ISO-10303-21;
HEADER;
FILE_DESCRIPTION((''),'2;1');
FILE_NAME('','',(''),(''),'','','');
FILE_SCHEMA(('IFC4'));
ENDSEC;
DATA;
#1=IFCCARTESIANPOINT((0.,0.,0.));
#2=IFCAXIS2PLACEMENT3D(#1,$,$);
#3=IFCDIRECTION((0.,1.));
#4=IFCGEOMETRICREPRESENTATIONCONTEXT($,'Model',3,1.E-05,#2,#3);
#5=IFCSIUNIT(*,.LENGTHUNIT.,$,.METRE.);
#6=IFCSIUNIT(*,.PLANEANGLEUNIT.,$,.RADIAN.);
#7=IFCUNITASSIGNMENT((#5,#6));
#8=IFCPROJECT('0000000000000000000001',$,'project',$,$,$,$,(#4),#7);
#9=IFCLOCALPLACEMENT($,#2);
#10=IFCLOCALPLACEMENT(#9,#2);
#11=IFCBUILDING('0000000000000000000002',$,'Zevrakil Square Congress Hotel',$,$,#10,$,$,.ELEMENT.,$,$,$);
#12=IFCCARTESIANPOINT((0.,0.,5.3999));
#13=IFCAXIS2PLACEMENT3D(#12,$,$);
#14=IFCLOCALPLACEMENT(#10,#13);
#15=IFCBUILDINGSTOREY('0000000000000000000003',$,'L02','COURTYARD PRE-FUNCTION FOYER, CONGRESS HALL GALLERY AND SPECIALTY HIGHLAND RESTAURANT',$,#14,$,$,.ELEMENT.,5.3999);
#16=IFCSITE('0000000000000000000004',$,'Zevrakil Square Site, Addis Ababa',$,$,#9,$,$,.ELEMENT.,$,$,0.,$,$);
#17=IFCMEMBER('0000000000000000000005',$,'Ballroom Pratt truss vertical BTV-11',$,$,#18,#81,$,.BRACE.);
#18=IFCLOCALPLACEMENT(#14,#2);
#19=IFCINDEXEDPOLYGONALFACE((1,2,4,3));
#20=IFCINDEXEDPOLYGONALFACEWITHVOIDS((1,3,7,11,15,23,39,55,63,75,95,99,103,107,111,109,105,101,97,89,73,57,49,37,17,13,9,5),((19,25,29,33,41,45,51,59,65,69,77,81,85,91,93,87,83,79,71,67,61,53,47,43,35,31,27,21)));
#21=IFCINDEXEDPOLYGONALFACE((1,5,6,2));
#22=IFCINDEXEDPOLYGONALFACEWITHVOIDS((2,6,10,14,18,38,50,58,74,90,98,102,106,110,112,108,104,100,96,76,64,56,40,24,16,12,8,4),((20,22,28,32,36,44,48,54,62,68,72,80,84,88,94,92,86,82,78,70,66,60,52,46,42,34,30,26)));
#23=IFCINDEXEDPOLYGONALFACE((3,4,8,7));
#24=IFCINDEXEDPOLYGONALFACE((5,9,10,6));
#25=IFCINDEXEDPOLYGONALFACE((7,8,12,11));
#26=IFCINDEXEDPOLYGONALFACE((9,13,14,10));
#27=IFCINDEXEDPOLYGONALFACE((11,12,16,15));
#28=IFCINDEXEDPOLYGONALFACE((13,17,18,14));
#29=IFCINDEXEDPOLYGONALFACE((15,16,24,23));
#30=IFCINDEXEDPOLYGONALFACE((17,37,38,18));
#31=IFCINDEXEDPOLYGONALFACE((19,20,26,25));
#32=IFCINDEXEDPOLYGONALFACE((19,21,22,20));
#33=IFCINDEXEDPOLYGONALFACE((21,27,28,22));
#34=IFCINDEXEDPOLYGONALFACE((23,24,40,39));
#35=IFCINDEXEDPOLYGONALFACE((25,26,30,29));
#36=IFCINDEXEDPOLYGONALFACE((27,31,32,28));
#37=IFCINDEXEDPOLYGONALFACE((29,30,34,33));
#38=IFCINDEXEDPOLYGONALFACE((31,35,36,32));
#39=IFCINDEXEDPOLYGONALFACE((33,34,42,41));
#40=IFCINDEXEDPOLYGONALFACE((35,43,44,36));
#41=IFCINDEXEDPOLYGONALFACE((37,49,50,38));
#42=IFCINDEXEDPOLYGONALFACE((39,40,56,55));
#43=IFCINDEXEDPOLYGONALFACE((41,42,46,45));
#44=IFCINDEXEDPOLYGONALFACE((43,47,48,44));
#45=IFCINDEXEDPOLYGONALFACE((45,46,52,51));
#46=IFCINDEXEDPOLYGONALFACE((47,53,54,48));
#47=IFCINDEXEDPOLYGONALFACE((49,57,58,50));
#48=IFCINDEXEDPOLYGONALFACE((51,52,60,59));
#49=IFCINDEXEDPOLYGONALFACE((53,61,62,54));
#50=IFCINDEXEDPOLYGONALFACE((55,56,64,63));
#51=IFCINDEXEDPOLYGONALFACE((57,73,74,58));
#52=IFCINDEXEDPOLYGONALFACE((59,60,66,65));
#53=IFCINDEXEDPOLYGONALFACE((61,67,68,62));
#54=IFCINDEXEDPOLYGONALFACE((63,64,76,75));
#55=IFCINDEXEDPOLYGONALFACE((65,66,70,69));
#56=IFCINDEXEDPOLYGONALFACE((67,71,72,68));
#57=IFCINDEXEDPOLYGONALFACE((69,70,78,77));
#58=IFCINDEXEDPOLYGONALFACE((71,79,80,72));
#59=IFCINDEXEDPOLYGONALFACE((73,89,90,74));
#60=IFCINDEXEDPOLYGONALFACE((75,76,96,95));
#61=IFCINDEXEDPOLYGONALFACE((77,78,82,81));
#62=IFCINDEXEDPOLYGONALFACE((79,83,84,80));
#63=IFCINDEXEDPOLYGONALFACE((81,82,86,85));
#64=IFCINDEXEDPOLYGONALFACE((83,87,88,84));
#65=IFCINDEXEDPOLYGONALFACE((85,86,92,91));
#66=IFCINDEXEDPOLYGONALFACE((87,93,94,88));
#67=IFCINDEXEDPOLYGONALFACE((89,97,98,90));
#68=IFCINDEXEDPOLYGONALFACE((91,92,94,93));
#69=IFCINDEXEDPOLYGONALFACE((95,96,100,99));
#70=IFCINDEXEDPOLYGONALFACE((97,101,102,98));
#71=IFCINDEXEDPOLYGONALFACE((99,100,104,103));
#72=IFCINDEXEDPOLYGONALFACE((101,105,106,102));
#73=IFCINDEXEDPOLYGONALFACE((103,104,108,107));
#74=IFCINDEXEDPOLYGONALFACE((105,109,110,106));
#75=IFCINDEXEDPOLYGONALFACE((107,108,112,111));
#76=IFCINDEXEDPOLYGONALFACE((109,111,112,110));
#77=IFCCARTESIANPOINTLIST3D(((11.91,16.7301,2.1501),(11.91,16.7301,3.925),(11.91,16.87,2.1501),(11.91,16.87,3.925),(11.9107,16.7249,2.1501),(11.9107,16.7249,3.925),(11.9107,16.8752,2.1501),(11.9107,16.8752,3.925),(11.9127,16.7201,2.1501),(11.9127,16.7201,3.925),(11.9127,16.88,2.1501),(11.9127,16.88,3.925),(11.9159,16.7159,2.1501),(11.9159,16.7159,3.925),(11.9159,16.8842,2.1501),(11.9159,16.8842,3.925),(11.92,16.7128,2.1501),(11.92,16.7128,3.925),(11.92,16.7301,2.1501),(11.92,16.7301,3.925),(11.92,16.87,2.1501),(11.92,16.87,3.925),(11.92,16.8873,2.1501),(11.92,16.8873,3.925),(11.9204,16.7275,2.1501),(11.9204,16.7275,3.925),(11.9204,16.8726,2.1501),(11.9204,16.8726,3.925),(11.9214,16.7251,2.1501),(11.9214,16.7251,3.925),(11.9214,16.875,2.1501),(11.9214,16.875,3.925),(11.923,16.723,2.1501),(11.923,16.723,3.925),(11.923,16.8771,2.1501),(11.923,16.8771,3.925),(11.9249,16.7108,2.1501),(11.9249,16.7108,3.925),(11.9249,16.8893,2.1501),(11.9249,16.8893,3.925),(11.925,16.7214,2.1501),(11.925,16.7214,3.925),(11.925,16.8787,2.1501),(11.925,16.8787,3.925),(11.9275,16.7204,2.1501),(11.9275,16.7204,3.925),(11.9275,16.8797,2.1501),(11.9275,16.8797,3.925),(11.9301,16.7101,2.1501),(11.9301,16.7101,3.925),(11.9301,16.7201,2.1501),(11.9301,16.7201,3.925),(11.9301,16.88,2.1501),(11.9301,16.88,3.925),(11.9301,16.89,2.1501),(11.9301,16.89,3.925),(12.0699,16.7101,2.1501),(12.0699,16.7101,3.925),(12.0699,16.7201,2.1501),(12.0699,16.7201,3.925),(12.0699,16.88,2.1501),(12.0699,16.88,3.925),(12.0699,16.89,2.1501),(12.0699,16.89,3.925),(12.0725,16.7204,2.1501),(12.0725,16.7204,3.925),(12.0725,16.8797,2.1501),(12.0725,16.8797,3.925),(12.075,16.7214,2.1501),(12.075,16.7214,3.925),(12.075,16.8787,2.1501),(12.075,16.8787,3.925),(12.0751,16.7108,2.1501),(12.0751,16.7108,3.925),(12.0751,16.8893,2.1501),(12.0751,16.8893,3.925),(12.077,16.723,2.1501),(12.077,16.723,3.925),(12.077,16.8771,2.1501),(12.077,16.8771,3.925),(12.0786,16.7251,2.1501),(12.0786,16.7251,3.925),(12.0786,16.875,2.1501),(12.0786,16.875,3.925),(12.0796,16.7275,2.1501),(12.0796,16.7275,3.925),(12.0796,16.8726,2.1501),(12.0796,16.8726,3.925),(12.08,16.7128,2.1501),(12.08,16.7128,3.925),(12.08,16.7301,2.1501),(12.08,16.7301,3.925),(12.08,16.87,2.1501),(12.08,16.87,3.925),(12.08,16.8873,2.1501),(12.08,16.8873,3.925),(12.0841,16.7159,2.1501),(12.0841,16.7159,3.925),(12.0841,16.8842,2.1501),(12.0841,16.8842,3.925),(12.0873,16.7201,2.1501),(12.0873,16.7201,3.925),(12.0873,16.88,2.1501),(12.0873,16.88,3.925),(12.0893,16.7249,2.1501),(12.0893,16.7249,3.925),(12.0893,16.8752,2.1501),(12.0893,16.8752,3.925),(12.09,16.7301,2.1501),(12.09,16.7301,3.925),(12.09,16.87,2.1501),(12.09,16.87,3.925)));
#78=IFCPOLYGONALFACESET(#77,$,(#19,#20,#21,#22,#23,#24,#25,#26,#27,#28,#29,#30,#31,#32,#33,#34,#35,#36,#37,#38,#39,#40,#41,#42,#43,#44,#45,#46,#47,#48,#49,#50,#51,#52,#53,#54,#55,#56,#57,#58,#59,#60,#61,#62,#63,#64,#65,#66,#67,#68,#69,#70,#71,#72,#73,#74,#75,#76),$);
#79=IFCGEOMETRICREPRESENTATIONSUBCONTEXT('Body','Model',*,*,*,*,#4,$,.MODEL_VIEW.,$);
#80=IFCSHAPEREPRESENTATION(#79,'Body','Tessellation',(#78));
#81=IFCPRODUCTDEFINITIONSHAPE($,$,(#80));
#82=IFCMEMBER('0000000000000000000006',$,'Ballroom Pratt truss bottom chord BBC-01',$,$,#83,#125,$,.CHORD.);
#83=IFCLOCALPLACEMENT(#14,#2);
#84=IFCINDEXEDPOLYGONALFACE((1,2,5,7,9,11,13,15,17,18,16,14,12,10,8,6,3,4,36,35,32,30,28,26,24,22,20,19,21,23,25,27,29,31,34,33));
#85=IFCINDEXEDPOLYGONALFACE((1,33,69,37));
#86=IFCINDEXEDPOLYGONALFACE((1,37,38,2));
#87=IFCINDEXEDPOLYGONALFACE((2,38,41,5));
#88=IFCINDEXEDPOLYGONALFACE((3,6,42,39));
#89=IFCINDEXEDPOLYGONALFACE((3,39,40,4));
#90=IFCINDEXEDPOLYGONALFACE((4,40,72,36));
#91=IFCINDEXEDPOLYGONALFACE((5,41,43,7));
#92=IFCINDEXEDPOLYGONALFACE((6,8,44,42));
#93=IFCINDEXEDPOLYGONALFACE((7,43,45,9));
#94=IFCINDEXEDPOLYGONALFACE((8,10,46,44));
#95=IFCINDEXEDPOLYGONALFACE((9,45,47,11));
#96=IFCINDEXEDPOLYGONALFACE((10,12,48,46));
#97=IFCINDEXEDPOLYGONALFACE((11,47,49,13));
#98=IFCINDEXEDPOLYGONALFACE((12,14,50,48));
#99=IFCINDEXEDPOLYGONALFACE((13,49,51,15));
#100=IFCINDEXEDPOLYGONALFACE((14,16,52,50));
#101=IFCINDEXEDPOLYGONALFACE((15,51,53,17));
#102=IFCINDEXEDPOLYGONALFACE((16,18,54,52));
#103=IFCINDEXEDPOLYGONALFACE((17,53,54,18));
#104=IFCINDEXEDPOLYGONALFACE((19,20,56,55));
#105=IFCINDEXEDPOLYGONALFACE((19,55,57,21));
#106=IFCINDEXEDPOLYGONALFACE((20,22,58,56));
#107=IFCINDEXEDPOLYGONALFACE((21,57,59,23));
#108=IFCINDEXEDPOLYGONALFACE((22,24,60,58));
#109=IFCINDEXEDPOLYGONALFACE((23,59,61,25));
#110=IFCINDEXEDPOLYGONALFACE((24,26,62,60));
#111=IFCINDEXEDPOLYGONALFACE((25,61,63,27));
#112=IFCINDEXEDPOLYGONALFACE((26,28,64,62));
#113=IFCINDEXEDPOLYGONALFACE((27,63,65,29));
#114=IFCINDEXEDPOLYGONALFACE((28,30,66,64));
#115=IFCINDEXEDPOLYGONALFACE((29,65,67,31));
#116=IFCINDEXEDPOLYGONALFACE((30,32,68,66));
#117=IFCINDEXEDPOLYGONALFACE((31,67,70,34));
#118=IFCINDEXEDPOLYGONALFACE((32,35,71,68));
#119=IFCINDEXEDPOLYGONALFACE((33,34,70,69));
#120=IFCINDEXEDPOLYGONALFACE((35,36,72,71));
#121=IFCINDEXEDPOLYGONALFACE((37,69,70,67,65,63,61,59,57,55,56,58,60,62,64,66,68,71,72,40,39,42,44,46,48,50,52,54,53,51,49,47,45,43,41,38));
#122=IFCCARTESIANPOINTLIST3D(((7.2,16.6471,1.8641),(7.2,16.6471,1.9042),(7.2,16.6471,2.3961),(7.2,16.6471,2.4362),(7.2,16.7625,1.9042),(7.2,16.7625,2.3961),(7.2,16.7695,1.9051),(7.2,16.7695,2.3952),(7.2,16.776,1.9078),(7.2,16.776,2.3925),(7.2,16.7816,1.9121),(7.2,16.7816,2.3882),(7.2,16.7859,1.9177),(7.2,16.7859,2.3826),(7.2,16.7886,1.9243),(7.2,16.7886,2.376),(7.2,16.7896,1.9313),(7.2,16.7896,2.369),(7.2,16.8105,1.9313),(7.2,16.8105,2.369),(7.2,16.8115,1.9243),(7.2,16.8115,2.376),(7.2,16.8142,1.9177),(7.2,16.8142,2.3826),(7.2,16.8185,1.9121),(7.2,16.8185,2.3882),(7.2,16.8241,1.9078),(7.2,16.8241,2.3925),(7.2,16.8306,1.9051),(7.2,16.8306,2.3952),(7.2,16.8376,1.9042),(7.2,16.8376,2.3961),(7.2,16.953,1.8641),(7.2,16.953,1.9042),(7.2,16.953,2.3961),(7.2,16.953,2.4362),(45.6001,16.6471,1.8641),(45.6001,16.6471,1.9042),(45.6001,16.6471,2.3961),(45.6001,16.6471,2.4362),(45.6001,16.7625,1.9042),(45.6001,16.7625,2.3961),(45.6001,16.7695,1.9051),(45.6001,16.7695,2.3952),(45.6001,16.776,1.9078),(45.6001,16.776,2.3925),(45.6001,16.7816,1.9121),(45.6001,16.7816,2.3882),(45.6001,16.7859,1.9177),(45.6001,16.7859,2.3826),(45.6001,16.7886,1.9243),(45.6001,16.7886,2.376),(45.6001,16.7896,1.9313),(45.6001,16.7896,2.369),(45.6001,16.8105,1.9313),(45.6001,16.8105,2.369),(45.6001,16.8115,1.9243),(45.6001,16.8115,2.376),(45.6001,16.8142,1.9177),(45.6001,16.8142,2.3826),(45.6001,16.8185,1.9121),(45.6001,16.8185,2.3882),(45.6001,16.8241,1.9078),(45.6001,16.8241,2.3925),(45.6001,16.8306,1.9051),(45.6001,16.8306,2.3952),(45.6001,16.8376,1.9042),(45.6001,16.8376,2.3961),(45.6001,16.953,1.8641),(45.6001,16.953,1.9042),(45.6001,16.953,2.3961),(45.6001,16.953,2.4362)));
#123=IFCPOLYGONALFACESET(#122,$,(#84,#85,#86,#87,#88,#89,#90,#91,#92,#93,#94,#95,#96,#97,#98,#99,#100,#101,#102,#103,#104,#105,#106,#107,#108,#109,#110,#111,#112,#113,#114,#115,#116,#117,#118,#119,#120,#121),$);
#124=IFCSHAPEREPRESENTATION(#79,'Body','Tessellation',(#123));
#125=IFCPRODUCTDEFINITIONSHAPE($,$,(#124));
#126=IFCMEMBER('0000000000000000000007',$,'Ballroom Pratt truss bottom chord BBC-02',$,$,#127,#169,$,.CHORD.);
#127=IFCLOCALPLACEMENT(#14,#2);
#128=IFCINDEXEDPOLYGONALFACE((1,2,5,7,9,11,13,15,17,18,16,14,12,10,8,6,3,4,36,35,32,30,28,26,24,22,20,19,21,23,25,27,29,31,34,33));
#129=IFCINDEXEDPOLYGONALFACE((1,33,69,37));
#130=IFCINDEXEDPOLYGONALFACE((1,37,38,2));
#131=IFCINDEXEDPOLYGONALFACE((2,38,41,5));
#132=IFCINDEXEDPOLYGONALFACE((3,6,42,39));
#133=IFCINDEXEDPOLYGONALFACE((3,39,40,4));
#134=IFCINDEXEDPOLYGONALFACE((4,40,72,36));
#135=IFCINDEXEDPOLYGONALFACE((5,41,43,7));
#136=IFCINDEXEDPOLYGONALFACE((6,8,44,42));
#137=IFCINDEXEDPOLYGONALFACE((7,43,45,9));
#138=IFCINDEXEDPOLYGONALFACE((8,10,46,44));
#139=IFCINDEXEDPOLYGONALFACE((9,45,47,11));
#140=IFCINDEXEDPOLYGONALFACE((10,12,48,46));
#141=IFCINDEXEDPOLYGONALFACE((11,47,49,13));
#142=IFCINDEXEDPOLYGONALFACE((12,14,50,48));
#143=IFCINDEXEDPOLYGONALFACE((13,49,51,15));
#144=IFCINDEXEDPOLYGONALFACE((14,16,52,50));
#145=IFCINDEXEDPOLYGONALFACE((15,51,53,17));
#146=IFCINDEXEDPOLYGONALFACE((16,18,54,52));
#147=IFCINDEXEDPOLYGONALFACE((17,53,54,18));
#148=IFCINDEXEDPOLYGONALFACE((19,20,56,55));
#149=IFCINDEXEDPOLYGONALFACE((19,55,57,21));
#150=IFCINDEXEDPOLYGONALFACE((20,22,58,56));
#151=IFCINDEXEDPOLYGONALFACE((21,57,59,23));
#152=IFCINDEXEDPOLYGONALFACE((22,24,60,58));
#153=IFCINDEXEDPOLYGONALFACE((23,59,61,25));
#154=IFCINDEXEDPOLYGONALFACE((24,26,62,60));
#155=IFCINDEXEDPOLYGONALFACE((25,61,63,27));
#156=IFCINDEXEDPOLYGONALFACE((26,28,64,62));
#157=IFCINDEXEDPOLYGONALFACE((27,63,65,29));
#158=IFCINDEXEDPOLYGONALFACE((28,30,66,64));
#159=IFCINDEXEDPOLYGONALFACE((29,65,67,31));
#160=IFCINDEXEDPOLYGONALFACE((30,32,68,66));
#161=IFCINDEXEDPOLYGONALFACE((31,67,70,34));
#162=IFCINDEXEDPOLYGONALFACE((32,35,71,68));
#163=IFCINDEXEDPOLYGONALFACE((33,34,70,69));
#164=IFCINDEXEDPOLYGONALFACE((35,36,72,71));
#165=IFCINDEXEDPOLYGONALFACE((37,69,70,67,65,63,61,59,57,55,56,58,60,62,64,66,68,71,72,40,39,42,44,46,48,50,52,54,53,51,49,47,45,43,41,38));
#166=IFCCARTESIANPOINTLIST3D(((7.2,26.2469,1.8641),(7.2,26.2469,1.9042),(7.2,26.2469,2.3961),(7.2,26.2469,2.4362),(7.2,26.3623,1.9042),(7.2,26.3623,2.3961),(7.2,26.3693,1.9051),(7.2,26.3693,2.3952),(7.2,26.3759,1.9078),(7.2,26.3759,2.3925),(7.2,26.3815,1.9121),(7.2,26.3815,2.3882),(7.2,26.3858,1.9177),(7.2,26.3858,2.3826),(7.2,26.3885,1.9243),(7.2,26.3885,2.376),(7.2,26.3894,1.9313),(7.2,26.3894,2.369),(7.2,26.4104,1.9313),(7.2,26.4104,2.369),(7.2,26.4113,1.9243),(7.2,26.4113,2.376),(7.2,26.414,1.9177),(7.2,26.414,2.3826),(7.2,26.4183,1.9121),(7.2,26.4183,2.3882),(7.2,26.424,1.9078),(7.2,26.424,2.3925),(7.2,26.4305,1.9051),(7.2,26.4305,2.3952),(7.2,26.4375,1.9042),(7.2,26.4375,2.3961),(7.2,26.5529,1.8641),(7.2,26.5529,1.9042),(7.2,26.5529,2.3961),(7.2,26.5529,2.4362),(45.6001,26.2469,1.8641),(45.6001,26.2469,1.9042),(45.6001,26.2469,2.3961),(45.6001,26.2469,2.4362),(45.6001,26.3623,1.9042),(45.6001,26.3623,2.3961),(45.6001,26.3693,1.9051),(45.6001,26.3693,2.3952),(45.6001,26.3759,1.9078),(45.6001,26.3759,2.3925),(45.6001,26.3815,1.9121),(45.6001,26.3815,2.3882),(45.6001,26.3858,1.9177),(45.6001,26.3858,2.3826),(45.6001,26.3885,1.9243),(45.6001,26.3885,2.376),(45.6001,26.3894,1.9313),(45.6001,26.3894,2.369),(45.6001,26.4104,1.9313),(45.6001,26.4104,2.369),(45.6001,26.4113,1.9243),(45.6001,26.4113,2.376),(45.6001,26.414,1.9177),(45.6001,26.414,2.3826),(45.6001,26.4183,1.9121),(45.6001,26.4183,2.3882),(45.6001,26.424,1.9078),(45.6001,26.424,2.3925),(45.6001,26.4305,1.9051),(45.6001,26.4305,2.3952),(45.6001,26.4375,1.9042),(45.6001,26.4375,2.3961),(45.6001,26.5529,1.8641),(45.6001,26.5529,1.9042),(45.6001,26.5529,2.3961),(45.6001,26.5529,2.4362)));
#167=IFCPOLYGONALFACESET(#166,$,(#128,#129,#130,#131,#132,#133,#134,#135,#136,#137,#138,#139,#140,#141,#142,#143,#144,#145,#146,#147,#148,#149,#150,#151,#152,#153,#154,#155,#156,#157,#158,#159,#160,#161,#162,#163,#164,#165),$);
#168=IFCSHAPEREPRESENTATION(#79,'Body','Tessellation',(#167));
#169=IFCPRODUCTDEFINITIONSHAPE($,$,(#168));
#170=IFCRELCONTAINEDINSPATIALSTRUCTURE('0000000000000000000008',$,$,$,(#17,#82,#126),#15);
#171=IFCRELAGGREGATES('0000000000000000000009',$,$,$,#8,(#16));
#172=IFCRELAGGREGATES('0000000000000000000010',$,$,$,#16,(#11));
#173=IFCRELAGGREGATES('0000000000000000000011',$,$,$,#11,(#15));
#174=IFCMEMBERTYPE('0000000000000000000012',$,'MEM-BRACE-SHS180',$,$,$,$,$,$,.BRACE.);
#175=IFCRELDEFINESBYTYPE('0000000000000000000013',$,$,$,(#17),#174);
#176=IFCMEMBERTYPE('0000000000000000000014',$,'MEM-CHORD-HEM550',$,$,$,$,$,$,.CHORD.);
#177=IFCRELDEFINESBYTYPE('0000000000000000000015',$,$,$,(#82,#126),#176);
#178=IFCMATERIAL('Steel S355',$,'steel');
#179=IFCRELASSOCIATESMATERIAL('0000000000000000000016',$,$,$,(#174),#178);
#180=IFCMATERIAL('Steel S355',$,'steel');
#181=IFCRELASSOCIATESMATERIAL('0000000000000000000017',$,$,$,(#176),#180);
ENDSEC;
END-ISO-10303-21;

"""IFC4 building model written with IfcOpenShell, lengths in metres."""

from ifc_helpers import new_model, si_unit, direction, frame, origin, origin_2d, place, context, subcontext, project, spatial, hollow_rectangle, i_section, extrude, material, material_profile, profile_set, type_object, element, save


model = new_model("IFC4")

# Units and contexts
model_context = context("Model", 3, precision=1e-05, world=origin(), true_north=direction((0.0, 1.0)))
body_context = subcontext(model_context, "Body", "Model", "MODEL_VIEW")
ifc_project = project(units=[si_unit("LENGTHUNIT", "METRE"), si_unit("PLANEANGLEUNIT", "RADIAN")], contexts=[model_context])

# Site, building, storey
site_placement = place(None, origin())
site = spatial("IfcSite", under=ifc_project, at=site_placement, Name="Zevrakil Square Site, Addis Ababa", CompositionType="ELEMENT", RefElevation=0.0)
building_placement = place(site_placement, origin())
building = spatial("IfcBuilding", under=site, at=building_placement, Name="Zevrakil Square Congress Hotel", CompositionType="ELEMENT")
storey_placement = place(building_placement, frame((0.0, 0.0, 5.3999)))
storey = spatial("IfcBuildingStorey", under=building, at=storey_placement, Name="L02", Description="COURTYARD PRE-FUNCTION FOYER, CONGRESS HALL GALLERY AND SPECIALTY HIGHLAND RESTAURANT", CompositionType="ELEMENT", Elevation=5.3999)

# Members
ifc_material_1 = material(Name="Steel S355", Category="steel")
ifc_material_profile_1 = material_profile(ifc_material_1, hollow_rectangle(XDim=0.1799, YDim=0.1799, WallThickness=0.01, InnerFilletRadius=0.01, OuterFilletRadius=0.02, at=origin_2d()), Name="SHS 180x180x10")
ifc_profile_set_1 = profile_set([ifc_material_profile_1], Name="Steel S355")
member_type_1 = type_object("IfcMemberType", Name="MEM-BRACE-SHS180", PredefinedType="BRACE", material=ifc_profile_set_1)
member_1_placement = place(storey_placement, frame((12.0, 16.8, 2.1501), z_axis=(0.0, 0.0, 1.0), x_axis=(1.0, 0.0, 0.0)))
element("IfcMember", 1, at=member_1_placement, inside=storey, type_object=member_type_1, Name="Ballroom Pratt truss vertical BTV-11", PredefinedType="BRACE", context=body_context, shape_type="SweptSolid", body=[
    extrude(hollow_rectangle(XDim=0.1799, YDim=0.1799, WallThickness=0.01, InnerFilletRadius=0.01, OuterFilletRadius=0.02, at=origin_2d()), origin(), (0.0, 0.0, 1.0), 1.7749),
])
ifc_material_2 = material(Name="Steel S355", Category="steel")
ifc_material_profile_2 = material_profile(ifc_material_2, i_section(OverallWidth=0.3059, OverallDepth=0.572, WebThickness=0.021, FlangeThickness=0.04, FilletRadius=0.0271, at=origin_2d()), Name="HEM 550")
ifc_profile_set_2 = profile_set([ifc_material_profile_2], Name="Steel S355")
member_type_2 = type_object("IfcMemberType", Name="MEM-CHORD-HEM550", PredefinedType="CHORD", material=ifc_profile_set_2)
for number, where, z_axis, x_axis, name in (
    (2, (7.2, 16.8, 2.1501), (1.0, 0.0, 0.0), (0.0, 1.0, 0.0), "Ballroom Pratt truss bottom chord BBC-01"),
    (3, (7.2, 26.3999, 2.1501), (1.0, 0.0, 0.0), (0.0, 1.0, 0.0), "Ballroom Pratt truss bottom chord BBC-02"),
):
    element("IfcMember", number, at=place(storey_placement, frame(where, z_axis=z_axis, x_axis=x_axis)), inside=storey, type_object=member_type_2, Name=name, PredefinedType="CHORD", context=body_context, shape_type="SweptSolid", body=[
        extrude(i_section(OverallWidth=0.3059, OverallDepth=0.572, WebThickness=0.021, FlangeThickness=0.04, FilletRadius=0.0271, at=origin_2d()), origin(), (0.0, 0.0, 1.0), 38.4001),
    ])

save(model, "model.ifc")
